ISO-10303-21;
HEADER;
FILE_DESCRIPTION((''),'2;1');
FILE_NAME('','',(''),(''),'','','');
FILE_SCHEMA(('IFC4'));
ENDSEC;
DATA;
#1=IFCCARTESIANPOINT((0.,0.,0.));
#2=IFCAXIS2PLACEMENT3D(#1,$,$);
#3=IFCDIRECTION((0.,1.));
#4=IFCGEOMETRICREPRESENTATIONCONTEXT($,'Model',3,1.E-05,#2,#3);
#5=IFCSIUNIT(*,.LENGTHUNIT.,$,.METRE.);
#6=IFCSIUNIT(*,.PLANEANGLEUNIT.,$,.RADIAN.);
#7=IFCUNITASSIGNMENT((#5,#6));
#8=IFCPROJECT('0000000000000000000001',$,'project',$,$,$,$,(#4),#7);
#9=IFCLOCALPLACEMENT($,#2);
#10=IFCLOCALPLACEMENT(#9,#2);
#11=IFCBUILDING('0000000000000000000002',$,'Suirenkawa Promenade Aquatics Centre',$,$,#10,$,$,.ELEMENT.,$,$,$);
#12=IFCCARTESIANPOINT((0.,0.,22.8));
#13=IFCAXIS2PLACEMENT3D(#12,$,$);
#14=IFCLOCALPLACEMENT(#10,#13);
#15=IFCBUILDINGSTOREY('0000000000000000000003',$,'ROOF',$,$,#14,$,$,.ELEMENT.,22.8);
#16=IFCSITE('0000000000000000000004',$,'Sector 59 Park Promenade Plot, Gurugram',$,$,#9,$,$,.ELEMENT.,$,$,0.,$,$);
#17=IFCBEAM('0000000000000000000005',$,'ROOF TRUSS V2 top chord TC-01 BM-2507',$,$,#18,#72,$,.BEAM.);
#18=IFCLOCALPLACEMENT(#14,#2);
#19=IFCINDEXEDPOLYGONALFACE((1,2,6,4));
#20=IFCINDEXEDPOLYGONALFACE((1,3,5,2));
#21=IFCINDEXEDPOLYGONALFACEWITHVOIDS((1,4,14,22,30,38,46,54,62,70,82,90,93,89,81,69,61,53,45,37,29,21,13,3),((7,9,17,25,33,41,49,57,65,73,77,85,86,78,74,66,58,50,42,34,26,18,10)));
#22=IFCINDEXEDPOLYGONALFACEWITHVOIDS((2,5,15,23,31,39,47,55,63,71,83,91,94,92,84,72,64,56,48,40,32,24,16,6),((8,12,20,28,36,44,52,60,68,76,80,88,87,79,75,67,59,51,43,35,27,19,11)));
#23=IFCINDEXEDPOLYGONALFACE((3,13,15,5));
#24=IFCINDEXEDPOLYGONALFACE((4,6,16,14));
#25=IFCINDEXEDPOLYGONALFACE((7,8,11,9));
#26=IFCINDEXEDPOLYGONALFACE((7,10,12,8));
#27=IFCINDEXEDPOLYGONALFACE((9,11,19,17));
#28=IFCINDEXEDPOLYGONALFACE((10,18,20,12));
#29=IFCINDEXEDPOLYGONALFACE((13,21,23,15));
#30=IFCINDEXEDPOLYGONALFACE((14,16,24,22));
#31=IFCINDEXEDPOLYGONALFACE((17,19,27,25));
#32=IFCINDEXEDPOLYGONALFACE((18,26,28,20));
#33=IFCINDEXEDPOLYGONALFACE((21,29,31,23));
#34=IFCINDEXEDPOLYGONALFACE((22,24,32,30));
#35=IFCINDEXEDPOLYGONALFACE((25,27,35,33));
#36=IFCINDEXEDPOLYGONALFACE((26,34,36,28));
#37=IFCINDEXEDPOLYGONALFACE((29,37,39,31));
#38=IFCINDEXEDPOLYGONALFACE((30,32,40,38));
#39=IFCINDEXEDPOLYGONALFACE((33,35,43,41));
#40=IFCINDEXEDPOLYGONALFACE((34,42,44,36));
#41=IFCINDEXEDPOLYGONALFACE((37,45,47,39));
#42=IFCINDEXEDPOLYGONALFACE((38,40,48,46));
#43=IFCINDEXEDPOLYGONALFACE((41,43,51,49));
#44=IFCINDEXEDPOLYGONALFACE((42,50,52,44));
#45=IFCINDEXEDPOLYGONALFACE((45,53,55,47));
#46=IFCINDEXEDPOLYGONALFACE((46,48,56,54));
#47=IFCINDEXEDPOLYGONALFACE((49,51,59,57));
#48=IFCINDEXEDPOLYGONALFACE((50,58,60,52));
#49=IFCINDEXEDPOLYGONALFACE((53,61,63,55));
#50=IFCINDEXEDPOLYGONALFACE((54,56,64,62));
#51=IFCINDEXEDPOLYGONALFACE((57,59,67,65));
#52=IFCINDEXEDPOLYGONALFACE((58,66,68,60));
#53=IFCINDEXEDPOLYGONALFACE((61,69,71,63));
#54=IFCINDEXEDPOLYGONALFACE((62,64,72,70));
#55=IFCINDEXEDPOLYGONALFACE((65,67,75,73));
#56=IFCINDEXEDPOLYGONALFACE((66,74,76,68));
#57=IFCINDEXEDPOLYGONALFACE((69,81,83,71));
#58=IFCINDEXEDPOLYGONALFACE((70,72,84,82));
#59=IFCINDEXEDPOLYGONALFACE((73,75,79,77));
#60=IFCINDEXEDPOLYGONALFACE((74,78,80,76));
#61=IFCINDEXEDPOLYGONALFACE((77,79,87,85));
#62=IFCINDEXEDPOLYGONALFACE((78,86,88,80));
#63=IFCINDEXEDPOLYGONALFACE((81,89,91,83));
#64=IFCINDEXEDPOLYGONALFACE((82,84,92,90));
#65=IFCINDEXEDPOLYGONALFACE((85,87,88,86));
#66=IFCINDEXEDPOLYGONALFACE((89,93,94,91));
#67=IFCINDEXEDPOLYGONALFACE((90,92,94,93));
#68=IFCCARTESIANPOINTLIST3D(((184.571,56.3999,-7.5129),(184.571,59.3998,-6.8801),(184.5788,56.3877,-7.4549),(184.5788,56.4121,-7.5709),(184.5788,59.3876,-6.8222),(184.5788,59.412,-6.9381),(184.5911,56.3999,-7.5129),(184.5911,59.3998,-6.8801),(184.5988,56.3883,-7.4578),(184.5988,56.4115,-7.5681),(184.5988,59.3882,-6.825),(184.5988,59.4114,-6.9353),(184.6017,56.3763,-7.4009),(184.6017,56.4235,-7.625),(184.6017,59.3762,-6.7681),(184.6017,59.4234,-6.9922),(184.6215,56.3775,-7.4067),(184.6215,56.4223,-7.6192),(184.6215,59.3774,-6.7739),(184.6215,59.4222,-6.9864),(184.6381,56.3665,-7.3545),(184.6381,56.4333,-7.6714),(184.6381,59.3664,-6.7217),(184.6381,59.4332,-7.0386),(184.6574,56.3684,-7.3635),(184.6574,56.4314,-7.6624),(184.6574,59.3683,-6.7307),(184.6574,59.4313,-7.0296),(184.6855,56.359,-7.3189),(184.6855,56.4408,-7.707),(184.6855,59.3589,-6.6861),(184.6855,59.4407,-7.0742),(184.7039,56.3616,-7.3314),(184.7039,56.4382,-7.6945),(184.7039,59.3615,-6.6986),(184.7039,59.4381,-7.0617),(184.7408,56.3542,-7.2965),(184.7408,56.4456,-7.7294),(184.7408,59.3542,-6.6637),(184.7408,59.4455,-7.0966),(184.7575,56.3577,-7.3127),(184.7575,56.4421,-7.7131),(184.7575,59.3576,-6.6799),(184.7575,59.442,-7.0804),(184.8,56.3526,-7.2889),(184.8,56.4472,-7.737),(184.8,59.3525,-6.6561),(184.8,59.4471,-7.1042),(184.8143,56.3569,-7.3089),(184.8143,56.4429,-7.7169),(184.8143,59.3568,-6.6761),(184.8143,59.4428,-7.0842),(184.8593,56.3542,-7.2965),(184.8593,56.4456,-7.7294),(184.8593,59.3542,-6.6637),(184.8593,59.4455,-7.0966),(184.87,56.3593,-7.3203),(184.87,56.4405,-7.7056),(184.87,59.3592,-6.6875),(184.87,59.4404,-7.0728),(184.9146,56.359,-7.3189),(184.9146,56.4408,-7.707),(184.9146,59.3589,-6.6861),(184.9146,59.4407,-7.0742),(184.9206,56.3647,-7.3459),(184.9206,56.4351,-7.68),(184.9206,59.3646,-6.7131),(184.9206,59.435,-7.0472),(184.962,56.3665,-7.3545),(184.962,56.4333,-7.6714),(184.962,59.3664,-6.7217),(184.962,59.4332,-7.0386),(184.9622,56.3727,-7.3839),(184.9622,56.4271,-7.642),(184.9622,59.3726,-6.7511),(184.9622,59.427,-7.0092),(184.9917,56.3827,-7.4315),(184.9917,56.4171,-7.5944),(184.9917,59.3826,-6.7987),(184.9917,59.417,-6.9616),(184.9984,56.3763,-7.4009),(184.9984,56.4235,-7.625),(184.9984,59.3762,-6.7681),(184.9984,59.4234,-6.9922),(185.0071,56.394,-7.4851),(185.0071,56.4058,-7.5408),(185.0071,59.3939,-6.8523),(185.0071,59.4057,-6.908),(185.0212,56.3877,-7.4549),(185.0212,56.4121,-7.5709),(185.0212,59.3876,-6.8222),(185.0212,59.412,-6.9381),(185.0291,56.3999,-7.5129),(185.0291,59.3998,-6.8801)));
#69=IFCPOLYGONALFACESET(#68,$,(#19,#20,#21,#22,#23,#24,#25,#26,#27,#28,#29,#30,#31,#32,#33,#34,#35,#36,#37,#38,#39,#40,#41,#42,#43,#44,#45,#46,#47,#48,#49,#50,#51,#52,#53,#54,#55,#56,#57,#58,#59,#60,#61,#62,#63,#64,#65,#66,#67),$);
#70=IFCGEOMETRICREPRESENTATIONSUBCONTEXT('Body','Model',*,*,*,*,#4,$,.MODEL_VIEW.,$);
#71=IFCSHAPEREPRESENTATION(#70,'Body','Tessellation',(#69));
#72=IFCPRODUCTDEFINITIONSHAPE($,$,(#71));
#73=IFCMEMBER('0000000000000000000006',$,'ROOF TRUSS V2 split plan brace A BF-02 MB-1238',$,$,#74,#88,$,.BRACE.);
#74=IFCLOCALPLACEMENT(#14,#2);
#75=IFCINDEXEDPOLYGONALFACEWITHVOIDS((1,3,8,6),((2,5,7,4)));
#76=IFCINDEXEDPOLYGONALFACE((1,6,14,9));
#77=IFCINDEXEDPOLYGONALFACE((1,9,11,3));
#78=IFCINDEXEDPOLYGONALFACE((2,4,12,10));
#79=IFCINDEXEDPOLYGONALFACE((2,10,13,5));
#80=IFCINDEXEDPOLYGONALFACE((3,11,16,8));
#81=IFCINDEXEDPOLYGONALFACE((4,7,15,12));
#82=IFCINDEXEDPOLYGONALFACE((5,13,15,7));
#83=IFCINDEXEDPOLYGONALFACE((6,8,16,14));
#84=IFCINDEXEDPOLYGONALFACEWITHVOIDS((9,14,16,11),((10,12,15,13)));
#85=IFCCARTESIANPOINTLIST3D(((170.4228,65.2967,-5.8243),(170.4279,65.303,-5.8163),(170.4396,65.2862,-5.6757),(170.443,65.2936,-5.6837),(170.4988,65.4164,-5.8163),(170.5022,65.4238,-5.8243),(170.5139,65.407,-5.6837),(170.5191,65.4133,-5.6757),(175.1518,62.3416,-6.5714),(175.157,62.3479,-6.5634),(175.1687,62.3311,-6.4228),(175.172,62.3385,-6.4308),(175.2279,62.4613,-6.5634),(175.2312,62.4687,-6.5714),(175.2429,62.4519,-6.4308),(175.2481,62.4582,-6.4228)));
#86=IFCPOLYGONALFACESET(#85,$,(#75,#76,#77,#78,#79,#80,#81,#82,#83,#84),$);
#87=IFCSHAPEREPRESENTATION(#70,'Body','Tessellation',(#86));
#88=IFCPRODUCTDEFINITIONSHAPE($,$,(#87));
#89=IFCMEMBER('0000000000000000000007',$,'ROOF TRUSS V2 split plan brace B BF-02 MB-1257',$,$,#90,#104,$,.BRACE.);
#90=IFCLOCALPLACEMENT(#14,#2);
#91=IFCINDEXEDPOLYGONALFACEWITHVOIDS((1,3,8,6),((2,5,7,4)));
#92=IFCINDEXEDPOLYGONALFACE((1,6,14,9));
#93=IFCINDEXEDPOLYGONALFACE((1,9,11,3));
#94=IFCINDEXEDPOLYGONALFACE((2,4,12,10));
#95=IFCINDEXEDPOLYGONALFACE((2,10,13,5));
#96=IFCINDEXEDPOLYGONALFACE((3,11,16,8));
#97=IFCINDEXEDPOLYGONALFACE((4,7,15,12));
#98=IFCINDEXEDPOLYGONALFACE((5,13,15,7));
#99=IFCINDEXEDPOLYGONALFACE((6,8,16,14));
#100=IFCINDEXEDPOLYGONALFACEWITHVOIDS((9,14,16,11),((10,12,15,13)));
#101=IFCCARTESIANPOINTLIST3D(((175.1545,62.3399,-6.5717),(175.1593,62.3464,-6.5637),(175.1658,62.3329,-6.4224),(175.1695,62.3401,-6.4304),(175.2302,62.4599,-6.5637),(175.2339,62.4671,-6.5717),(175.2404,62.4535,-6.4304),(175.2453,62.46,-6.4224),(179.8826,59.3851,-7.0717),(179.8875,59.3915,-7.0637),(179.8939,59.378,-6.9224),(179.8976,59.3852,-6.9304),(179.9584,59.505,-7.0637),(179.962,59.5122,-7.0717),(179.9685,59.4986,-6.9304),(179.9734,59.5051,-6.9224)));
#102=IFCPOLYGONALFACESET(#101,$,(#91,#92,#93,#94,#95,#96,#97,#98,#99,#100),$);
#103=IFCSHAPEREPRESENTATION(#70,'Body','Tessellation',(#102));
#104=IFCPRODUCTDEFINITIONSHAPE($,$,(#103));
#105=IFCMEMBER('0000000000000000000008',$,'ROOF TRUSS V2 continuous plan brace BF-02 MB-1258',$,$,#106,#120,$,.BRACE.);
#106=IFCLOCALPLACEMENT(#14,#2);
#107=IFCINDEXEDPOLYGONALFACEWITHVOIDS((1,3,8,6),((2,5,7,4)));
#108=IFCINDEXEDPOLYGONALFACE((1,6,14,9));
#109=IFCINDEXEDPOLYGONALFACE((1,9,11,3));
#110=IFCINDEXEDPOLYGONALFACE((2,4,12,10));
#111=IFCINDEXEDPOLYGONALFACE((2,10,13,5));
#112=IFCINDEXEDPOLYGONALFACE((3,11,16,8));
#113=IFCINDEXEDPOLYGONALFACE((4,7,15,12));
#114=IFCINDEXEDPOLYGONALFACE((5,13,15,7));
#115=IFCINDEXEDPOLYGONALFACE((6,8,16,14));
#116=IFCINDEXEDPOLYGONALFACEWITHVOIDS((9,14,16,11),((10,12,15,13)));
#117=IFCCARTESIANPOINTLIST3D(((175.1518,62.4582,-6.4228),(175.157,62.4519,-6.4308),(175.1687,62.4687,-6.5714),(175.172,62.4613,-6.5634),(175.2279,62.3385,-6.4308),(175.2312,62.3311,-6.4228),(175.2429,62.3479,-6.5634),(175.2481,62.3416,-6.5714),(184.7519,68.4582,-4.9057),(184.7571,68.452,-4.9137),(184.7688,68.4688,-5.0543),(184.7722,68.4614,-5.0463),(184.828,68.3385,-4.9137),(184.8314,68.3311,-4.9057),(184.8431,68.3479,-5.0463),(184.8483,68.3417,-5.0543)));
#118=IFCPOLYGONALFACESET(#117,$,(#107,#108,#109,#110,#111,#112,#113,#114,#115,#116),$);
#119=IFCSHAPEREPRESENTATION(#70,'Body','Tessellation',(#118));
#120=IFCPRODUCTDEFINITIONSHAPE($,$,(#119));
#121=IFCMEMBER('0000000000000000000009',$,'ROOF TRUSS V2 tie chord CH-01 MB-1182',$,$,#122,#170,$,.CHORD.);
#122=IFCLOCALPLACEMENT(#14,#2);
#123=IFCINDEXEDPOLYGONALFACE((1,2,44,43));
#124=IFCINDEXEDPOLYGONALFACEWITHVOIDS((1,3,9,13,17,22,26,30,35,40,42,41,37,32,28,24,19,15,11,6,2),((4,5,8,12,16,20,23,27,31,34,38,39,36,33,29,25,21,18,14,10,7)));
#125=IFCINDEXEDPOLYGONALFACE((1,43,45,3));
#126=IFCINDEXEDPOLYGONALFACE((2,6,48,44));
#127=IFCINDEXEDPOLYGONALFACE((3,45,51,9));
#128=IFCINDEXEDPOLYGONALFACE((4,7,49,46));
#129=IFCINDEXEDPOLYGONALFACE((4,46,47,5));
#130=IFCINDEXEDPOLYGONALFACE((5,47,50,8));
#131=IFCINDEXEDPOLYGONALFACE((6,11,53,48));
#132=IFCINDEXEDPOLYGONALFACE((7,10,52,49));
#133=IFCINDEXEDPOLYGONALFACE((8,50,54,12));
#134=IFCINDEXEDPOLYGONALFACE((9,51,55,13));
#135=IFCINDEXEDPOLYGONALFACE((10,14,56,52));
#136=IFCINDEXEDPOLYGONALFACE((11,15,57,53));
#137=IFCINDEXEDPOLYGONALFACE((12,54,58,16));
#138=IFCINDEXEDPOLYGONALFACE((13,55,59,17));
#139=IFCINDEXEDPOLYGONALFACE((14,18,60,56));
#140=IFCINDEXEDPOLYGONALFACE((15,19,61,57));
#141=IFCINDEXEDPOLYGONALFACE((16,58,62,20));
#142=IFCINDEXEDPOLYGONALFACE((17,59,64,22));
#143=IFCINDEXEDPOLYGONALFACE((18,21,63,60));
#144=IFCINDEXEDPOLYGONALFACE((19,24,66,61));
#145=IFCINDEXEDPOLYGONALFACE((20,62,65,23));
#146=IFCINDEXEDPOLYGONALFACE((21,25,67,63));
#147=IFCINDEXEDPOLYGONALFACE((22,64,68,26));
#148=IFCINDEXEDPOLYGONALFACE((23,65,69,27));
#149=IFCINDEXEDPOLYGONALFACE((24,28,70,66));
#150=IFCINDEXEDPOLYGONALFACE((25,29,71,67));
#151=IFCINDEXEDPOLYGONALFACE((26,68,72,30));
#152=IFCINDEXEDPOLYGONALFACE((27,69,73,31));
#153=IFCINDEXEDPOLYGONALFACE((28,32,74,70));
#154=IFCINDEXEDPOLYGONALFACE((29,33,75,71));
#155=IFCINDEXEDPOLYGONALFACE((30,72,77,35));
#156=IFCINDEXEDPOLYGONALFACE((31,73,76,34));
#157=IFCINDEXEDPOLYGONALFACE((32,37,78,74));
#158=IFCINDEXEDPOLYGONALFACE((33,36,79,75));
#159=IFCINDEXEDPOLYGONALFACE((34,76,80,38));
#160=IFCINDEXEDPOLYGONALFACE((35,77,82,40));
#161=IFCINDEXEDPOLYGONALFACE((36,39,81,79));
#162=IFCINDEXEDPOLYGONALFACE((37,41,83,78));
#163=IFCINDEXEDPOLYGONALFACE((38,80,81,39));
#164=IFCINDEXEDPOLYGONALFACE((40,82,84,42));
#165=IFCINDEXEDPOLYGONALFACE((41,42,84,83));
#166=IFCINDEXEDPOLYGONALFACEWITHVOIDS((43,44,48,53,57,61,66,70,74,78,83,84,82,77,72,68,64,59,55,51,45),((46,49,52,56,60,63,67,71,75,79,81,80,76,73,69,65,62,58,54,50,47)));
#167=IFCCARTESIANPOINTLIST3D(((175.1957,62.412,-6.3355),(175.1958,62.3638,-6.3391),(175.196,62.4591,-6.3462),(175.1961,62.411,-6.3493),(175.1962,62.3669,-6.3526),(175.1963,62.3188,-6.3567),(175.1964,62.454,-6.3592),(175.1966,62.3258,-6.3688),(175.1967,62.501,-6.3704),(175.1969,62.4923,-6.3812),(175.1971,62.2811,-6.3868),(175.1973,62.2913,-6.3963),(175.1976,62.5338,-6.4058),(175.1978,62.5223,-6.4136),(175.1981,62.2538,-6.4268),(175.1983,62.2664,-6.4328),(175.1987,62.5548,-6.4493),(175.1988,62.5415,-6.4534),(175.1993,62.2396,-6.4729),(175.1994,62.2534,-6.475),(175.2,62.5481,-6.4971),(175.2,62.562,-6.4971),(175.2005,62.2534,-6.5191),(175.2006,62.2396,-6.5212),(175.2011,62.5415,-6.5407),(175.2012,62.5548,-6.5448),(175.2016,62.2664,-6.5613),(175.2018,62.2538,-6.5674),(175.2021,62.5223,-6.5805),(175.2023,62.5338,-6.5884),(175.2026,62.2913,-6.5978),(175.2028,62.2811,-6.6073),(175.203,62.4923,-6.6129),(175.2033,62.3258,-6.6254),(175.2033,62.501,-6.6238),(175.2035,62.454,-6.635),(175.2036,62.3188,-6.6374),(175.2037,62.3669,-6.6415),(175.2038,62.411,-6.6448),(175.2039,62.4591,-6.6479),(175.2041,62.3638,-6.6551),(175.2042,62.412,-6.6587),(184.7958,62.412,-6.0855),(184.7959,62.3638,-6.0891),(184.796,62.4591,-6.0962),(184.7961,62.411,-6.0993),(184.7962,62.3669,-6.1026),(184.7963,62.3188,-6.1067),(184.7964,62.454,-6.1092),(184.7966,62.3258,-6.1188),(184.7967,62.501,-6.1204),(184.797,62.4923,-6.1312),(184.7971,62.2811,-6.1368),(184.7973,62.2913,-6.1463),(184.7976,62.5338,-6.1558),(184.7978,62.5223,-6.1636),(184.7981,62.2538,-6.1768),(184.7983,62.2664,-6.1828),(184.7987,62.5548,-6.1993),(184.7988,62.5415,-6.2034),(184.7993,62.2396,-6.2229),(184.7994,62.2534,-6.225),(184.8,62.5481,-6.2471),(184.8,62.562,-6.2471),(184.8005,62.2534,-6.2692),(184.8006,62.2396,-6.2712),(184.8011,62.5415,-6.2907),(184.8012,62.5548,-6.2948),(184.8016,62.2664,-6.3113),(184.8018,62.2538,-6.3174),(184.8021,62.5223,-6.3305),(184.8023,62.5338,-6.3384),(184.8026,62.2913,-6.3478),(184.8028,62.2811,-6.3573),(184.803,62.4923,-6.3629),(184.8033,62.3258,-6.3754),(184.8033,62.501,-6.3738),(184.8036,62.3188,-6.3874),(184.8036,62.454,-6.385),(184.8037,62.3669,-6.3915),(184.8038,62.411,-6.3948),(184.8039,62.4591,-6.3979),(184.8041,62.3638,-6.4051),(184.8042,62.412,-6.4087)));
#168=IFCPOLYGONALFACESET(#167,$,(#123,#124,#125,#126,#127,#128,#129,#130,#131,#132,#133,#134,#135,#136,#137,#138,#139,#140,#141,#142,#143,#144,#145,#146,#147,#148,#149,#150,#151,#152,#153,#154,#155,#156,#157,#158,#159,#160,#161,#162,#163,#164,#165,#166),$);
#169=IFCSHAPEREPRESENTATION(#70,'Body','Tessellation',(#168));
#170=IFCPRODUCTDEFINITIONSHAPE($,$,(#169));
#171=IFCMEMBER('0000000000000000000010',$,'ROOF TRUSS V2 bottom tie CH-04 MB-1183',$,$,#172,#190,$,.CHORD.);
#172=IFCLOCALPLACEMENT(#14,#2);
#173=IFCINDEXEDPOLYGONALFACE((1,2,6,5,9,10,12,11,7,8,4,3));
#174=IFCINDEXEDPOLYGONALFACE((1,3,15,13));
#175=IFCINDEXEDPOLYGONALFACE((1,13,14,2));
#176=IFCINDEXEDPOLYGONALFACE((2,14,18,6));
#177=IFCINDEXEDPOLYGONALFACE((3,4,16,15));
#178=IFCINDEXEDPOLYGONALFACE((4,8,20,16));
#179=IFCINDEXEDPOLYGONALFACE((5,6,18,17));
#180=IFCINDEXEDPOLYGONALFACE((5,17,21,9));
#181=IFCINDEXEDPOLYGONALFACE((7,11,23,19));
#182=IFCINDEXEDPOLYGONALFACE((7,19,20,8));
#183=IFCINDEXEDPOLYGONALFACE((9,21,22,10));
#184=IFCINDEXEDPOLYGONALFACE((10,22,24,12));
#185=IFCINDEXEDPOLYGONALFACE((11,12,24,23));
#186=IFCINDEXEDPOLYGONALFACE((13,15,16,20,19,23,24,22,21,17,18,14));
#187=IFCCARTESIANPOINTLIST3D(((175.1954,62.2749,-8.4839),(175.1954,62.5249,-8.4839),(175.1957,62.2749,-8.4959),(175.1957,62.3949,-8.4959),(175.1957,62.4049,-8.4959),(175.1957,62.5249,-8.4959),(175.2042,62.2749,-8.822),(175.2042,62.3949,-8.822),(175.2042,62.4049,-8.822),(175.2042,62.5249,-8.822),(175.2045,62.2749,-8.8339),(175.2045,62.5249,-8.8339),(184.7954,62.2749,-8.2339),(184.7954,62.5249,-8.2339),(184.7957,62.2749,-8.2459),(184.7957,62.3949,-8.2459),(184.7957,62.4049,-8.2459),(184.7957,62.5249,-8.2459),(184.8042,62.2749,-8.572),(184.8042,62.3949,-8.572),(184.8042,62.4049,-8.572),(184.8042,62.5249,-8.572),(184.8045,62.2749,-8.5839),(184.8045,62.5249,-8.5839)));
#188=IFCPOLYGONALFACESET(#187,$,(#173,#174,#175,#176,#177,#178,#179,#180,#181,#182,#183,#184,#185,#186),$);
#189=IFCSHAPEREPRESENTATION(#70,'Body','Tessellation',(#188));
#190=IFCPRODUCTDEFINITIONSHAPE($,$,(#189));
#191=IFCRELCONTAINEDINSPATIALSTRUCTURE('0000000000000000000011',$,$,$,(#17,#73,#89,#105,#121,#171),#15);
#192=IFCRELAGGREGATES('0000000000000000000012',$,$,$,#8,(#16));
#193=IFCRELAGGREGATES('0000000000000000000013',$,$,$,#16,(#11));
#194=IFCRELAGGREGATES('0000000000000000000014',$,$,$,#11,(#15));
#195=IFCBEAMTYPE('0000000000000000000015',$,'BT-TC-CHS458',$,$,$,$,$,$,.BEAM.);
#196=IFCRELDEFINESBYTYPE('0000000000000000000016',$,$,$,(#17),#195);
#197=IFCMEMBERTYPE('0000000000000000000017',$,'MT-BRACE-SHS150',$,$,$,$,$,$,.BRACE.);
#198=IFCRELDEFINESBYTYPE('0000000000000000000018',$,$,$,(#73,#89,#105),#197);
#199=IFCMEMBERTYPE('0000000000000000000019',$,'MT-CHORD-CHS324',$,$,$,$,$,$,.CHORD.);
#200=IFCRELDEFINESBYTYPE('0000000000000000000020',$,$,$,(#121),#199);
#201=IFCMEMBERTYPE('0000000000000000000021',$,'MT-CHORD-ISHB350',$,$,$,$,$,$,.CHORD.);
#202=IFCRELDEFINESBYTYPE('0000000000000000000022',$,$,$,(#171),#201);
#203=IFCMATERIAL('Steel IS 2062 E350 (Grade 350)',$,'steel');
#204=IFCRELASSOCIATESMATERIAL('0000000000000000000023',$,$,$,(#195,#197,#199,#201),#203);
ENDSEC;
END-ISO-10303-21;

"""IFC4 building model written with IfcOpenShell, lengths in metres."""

from ifc_helpers import new_model, si_unit, direction, frame, origin, origin_2d, place, context, subcontext, project, spatial, hollow_rectangle, hollow_circle, i_section, extrude, material, material_profile, profile_set, type_object, element, save


model = new_model("IFC4")

# Units and contexts
model_context = context("Model", 3, precision=1e-05, world=origin(), true_north=direction((0.0, 1.0)))
body_context = subcontext(model_context, "Body", "Model", "MODEL_VIEW")
ifc_project = project(units=[si_unit("LENGTHUNIT", "METRE"), si_unit("PLANEANGLEUNIT", "RADIAN")], contexts=[model_context])

# Site, building, storey
site_placement = place(None, origin())
site = spatial("IfcSite", under=ifc_project, at=site_placement, Name="Sector 59 Park Promenade Plot, Gurugram", CompositionType="ELEMENT", RefElevation=0.0)
building_placement = place(site_placement, origin())
building = spatial("IfcBuilding", under=site, at=building_placement, Name="Suirenkawa Promenade Aquatics Centre", CompositionType="ELEMENT")
storey_placement = place(building_placement, frame((0.0, 0.0, 22.8)))
storey = spatial("IfcBuildingStorey", under=building, at=storey_placement, Name="ROOF", CompositionType="ELEMENT", Elevation=22.8)

# Beam
ifc_material = material(Name="Steel IS 2062 E350 (Grade 350)", Category="steel")
ifc_material_profile_1 = material_profile(ifc_material, hollow_circle(Radius=0.229, WallThickness=0.02, at=origin_2d()), Name="CHS 458x20", Category="steel")
ifc_profile_set_1 = profile_set([ifc_material_profile_1], Name="Steel IS 2062 E350 (Grade 350)")
beam_type_1 = type_object("IfcBeamType", Name="BT-TC-CHS458", PredefinedType="BEAM", material=ifc_profile_set_1)
beam_1_placement = place(storey_placement, frame((184.8, 56.3999, -7.5129), z_axis=(0.0, 0.978469, 0.206396), x_axis=(-1.0, 0.0, 0.0)))
element("IfcBeam", 1, at=beam_1_placement, inside=storey, type_object=beam_type_1, Name="ROOF TRUSS V2 top chord TC-01 BM-2507", PredefinedType="BEAM", context=body_context, shape_type="SweptSolid", body=[
    extrude(hollow_circle(Radius=0.229, WallThickness=0.02, at=origin_2d()), origin(), (0.0, 0.0, 1.0), 3.0659),
])

# Members
ifc_material_profile_2 = material_profile(ifc_material, hollow_rectangle(XDim=0.1499, YDim=0.1499, WallThickness=0.0081, at=origin_2d()), Name="SHS 150x150x8", Category="steel")
ifc_profile_set_2 = profile_set([ifc_material_profile_2], Name="Steel IS 2062 E350 (Grade 350)")
member_type_1 = type_object("IfcMemberType", Name="MT-BRACE-SHS150", PredefinedType="BRACE", material=ifc_profile_set_2)
member_1_placement = place(storey_placement, frame((175.2, 62.3999, -6.4971), z_axis=(-0.840533, 0.525236, 0.132784), x_axis=(-0.529928, -0.848043, 0.0)))
element("IfcMember", 2, at=member_1_placement, inside=storey, type_object=member_type_1, Name="ROOF TRUSS V2 split plan brace A BF-02 MB-1238", PredefinedType="BRACE", context=body_context, shape_type="SweptSolid", body=[
    extrude(hollow_rectangle(XDim=0.1499, YDim=0.1499, WallThickness=0.0081, at=origin_2d()), origin(), (0.0, 0.0, 1.0), 5.6262),
])
member_2_placement = place(storey_placement, frame((179.928, 59.4451, -6.9971), z_axis=(-0.844623, 0.527857, 0.089321), x_axis=(-0.529975, -0.848013, 0.0)))
element("IfcMember", 3, at=member_2_placement, inside=storey, type_object=member_type_1, Name="ROOF TRUSS V2 split plan brace B BF-02 MB-1257", PredefinedType="BRACE", context=body_context, shape_type="SweptSolid", body=[
    extrude(hollow_rectangle(XDim=0.1499, YDim=0.1499, WallThickness=0.0081, at=origin_2d()), origin(), (0.0, 0.0, 1.0), 5.5979),
])
member_3_placement = place(storey_placement, frame((175.2, 62.3999, -6.4971), z_axis=(0.840487, 0.525299, 0.132821), x_axis=(-0.529995, 0.848001, 0.0)))
element("IfcMember", 4, at=member_3_placement, inside=storey, type_object=member_type_1, Name="ROOF TRUSS V2 continuous plan brace BF-02 MB-1258", PredefinedType="BRACE", context=body_context, shape_type="SweptSolid", body=[
    extrude(hollow_rectangle(XDim=0.1499, YDim=0.1499, WallThickness=0.0081, at=origin_2d()), origin(), (0.0, 0.0, 1.0), 11.4221),
])
ifc_material_profile_3 = material_profile(ifc_material, hollow_circle(Radius=0.1621, WallThickness=0.0139, at=origin_2d()), Name="CHS 324x14", Category="steel")
ifc_profile_set_3 = profile_set([ifc_material_profile_3], Name="Steel IS 2062 E350 (Grade 350)")
member_type_2 = type_object("IfcMemberType", Name="MT-CHORD-CHS324", PredefinedType="CHORD", material=ifc_profile_set_3)
member_4_placement = place(storey_placement, frame((175.2, 62.3999, -6.4971), z_axis=(0.999661, 0.0, 0.026033), x_axis=(0.0, 1.0, 0.0)))
element("IfcMember", 5, at=member_4_placement, inside=storey, type_object=member_type_2, Name="ROOF TRUSS V2 tie chord CH-01 MB-1182", PredefinedType="CHORD", context=body_context, shape_type="SweptSolid", body=[
    extrude(hollow_circle(Radius=0.1621, WallThickness=0.0139, at=origin_2d()), origin(), (0.0, 0.0, 1.0), 9.6033),
])
ifc_material_profile_4 = material_profile(ifc_material, i_section(OverallWidth=0.25, OverallDepth=0.3501, WebThickness=0.01, FlangeThickness=0.012, at=origin_2d()), Name="ISHB 350", Category="steel")
ifc_profile_set_4 = profile_set([ifc_material_profile_4], Name="Steel IS 2062 E350 (Grade 350)")
member_type_3 = type_object("IfcMemberType", Name="MT-CHORD-ISHB350", PredefinedType="CHORD", material=ifc_profile_set_4)
member_5_placement = place(storey_placement, frame((175.2, 62.3999, -8.6589), z_axis=(0.999661, 0.0, 0.026033), x_axis=(0.0, 1.0, 0.0)))
element("IfcMember", 6, at=member_5_placement, inside=storey, type_object=member_type_3, Name="ROOF TRUSS V2 bottom tie CH-04 MB-1183", PredefinedType="CHORD", context=body_context, shape_type="SweptSolid", body=[
    extrude(i_section(OverallWidth=0.25, OverallDepth=0.3501, WebThickness=0.01, FlangeThickness=0.012, at=origin_2d()), origin(), (0.0, 0.0, 1.0), 9.6033),
])

save(model, "model.ifc")
